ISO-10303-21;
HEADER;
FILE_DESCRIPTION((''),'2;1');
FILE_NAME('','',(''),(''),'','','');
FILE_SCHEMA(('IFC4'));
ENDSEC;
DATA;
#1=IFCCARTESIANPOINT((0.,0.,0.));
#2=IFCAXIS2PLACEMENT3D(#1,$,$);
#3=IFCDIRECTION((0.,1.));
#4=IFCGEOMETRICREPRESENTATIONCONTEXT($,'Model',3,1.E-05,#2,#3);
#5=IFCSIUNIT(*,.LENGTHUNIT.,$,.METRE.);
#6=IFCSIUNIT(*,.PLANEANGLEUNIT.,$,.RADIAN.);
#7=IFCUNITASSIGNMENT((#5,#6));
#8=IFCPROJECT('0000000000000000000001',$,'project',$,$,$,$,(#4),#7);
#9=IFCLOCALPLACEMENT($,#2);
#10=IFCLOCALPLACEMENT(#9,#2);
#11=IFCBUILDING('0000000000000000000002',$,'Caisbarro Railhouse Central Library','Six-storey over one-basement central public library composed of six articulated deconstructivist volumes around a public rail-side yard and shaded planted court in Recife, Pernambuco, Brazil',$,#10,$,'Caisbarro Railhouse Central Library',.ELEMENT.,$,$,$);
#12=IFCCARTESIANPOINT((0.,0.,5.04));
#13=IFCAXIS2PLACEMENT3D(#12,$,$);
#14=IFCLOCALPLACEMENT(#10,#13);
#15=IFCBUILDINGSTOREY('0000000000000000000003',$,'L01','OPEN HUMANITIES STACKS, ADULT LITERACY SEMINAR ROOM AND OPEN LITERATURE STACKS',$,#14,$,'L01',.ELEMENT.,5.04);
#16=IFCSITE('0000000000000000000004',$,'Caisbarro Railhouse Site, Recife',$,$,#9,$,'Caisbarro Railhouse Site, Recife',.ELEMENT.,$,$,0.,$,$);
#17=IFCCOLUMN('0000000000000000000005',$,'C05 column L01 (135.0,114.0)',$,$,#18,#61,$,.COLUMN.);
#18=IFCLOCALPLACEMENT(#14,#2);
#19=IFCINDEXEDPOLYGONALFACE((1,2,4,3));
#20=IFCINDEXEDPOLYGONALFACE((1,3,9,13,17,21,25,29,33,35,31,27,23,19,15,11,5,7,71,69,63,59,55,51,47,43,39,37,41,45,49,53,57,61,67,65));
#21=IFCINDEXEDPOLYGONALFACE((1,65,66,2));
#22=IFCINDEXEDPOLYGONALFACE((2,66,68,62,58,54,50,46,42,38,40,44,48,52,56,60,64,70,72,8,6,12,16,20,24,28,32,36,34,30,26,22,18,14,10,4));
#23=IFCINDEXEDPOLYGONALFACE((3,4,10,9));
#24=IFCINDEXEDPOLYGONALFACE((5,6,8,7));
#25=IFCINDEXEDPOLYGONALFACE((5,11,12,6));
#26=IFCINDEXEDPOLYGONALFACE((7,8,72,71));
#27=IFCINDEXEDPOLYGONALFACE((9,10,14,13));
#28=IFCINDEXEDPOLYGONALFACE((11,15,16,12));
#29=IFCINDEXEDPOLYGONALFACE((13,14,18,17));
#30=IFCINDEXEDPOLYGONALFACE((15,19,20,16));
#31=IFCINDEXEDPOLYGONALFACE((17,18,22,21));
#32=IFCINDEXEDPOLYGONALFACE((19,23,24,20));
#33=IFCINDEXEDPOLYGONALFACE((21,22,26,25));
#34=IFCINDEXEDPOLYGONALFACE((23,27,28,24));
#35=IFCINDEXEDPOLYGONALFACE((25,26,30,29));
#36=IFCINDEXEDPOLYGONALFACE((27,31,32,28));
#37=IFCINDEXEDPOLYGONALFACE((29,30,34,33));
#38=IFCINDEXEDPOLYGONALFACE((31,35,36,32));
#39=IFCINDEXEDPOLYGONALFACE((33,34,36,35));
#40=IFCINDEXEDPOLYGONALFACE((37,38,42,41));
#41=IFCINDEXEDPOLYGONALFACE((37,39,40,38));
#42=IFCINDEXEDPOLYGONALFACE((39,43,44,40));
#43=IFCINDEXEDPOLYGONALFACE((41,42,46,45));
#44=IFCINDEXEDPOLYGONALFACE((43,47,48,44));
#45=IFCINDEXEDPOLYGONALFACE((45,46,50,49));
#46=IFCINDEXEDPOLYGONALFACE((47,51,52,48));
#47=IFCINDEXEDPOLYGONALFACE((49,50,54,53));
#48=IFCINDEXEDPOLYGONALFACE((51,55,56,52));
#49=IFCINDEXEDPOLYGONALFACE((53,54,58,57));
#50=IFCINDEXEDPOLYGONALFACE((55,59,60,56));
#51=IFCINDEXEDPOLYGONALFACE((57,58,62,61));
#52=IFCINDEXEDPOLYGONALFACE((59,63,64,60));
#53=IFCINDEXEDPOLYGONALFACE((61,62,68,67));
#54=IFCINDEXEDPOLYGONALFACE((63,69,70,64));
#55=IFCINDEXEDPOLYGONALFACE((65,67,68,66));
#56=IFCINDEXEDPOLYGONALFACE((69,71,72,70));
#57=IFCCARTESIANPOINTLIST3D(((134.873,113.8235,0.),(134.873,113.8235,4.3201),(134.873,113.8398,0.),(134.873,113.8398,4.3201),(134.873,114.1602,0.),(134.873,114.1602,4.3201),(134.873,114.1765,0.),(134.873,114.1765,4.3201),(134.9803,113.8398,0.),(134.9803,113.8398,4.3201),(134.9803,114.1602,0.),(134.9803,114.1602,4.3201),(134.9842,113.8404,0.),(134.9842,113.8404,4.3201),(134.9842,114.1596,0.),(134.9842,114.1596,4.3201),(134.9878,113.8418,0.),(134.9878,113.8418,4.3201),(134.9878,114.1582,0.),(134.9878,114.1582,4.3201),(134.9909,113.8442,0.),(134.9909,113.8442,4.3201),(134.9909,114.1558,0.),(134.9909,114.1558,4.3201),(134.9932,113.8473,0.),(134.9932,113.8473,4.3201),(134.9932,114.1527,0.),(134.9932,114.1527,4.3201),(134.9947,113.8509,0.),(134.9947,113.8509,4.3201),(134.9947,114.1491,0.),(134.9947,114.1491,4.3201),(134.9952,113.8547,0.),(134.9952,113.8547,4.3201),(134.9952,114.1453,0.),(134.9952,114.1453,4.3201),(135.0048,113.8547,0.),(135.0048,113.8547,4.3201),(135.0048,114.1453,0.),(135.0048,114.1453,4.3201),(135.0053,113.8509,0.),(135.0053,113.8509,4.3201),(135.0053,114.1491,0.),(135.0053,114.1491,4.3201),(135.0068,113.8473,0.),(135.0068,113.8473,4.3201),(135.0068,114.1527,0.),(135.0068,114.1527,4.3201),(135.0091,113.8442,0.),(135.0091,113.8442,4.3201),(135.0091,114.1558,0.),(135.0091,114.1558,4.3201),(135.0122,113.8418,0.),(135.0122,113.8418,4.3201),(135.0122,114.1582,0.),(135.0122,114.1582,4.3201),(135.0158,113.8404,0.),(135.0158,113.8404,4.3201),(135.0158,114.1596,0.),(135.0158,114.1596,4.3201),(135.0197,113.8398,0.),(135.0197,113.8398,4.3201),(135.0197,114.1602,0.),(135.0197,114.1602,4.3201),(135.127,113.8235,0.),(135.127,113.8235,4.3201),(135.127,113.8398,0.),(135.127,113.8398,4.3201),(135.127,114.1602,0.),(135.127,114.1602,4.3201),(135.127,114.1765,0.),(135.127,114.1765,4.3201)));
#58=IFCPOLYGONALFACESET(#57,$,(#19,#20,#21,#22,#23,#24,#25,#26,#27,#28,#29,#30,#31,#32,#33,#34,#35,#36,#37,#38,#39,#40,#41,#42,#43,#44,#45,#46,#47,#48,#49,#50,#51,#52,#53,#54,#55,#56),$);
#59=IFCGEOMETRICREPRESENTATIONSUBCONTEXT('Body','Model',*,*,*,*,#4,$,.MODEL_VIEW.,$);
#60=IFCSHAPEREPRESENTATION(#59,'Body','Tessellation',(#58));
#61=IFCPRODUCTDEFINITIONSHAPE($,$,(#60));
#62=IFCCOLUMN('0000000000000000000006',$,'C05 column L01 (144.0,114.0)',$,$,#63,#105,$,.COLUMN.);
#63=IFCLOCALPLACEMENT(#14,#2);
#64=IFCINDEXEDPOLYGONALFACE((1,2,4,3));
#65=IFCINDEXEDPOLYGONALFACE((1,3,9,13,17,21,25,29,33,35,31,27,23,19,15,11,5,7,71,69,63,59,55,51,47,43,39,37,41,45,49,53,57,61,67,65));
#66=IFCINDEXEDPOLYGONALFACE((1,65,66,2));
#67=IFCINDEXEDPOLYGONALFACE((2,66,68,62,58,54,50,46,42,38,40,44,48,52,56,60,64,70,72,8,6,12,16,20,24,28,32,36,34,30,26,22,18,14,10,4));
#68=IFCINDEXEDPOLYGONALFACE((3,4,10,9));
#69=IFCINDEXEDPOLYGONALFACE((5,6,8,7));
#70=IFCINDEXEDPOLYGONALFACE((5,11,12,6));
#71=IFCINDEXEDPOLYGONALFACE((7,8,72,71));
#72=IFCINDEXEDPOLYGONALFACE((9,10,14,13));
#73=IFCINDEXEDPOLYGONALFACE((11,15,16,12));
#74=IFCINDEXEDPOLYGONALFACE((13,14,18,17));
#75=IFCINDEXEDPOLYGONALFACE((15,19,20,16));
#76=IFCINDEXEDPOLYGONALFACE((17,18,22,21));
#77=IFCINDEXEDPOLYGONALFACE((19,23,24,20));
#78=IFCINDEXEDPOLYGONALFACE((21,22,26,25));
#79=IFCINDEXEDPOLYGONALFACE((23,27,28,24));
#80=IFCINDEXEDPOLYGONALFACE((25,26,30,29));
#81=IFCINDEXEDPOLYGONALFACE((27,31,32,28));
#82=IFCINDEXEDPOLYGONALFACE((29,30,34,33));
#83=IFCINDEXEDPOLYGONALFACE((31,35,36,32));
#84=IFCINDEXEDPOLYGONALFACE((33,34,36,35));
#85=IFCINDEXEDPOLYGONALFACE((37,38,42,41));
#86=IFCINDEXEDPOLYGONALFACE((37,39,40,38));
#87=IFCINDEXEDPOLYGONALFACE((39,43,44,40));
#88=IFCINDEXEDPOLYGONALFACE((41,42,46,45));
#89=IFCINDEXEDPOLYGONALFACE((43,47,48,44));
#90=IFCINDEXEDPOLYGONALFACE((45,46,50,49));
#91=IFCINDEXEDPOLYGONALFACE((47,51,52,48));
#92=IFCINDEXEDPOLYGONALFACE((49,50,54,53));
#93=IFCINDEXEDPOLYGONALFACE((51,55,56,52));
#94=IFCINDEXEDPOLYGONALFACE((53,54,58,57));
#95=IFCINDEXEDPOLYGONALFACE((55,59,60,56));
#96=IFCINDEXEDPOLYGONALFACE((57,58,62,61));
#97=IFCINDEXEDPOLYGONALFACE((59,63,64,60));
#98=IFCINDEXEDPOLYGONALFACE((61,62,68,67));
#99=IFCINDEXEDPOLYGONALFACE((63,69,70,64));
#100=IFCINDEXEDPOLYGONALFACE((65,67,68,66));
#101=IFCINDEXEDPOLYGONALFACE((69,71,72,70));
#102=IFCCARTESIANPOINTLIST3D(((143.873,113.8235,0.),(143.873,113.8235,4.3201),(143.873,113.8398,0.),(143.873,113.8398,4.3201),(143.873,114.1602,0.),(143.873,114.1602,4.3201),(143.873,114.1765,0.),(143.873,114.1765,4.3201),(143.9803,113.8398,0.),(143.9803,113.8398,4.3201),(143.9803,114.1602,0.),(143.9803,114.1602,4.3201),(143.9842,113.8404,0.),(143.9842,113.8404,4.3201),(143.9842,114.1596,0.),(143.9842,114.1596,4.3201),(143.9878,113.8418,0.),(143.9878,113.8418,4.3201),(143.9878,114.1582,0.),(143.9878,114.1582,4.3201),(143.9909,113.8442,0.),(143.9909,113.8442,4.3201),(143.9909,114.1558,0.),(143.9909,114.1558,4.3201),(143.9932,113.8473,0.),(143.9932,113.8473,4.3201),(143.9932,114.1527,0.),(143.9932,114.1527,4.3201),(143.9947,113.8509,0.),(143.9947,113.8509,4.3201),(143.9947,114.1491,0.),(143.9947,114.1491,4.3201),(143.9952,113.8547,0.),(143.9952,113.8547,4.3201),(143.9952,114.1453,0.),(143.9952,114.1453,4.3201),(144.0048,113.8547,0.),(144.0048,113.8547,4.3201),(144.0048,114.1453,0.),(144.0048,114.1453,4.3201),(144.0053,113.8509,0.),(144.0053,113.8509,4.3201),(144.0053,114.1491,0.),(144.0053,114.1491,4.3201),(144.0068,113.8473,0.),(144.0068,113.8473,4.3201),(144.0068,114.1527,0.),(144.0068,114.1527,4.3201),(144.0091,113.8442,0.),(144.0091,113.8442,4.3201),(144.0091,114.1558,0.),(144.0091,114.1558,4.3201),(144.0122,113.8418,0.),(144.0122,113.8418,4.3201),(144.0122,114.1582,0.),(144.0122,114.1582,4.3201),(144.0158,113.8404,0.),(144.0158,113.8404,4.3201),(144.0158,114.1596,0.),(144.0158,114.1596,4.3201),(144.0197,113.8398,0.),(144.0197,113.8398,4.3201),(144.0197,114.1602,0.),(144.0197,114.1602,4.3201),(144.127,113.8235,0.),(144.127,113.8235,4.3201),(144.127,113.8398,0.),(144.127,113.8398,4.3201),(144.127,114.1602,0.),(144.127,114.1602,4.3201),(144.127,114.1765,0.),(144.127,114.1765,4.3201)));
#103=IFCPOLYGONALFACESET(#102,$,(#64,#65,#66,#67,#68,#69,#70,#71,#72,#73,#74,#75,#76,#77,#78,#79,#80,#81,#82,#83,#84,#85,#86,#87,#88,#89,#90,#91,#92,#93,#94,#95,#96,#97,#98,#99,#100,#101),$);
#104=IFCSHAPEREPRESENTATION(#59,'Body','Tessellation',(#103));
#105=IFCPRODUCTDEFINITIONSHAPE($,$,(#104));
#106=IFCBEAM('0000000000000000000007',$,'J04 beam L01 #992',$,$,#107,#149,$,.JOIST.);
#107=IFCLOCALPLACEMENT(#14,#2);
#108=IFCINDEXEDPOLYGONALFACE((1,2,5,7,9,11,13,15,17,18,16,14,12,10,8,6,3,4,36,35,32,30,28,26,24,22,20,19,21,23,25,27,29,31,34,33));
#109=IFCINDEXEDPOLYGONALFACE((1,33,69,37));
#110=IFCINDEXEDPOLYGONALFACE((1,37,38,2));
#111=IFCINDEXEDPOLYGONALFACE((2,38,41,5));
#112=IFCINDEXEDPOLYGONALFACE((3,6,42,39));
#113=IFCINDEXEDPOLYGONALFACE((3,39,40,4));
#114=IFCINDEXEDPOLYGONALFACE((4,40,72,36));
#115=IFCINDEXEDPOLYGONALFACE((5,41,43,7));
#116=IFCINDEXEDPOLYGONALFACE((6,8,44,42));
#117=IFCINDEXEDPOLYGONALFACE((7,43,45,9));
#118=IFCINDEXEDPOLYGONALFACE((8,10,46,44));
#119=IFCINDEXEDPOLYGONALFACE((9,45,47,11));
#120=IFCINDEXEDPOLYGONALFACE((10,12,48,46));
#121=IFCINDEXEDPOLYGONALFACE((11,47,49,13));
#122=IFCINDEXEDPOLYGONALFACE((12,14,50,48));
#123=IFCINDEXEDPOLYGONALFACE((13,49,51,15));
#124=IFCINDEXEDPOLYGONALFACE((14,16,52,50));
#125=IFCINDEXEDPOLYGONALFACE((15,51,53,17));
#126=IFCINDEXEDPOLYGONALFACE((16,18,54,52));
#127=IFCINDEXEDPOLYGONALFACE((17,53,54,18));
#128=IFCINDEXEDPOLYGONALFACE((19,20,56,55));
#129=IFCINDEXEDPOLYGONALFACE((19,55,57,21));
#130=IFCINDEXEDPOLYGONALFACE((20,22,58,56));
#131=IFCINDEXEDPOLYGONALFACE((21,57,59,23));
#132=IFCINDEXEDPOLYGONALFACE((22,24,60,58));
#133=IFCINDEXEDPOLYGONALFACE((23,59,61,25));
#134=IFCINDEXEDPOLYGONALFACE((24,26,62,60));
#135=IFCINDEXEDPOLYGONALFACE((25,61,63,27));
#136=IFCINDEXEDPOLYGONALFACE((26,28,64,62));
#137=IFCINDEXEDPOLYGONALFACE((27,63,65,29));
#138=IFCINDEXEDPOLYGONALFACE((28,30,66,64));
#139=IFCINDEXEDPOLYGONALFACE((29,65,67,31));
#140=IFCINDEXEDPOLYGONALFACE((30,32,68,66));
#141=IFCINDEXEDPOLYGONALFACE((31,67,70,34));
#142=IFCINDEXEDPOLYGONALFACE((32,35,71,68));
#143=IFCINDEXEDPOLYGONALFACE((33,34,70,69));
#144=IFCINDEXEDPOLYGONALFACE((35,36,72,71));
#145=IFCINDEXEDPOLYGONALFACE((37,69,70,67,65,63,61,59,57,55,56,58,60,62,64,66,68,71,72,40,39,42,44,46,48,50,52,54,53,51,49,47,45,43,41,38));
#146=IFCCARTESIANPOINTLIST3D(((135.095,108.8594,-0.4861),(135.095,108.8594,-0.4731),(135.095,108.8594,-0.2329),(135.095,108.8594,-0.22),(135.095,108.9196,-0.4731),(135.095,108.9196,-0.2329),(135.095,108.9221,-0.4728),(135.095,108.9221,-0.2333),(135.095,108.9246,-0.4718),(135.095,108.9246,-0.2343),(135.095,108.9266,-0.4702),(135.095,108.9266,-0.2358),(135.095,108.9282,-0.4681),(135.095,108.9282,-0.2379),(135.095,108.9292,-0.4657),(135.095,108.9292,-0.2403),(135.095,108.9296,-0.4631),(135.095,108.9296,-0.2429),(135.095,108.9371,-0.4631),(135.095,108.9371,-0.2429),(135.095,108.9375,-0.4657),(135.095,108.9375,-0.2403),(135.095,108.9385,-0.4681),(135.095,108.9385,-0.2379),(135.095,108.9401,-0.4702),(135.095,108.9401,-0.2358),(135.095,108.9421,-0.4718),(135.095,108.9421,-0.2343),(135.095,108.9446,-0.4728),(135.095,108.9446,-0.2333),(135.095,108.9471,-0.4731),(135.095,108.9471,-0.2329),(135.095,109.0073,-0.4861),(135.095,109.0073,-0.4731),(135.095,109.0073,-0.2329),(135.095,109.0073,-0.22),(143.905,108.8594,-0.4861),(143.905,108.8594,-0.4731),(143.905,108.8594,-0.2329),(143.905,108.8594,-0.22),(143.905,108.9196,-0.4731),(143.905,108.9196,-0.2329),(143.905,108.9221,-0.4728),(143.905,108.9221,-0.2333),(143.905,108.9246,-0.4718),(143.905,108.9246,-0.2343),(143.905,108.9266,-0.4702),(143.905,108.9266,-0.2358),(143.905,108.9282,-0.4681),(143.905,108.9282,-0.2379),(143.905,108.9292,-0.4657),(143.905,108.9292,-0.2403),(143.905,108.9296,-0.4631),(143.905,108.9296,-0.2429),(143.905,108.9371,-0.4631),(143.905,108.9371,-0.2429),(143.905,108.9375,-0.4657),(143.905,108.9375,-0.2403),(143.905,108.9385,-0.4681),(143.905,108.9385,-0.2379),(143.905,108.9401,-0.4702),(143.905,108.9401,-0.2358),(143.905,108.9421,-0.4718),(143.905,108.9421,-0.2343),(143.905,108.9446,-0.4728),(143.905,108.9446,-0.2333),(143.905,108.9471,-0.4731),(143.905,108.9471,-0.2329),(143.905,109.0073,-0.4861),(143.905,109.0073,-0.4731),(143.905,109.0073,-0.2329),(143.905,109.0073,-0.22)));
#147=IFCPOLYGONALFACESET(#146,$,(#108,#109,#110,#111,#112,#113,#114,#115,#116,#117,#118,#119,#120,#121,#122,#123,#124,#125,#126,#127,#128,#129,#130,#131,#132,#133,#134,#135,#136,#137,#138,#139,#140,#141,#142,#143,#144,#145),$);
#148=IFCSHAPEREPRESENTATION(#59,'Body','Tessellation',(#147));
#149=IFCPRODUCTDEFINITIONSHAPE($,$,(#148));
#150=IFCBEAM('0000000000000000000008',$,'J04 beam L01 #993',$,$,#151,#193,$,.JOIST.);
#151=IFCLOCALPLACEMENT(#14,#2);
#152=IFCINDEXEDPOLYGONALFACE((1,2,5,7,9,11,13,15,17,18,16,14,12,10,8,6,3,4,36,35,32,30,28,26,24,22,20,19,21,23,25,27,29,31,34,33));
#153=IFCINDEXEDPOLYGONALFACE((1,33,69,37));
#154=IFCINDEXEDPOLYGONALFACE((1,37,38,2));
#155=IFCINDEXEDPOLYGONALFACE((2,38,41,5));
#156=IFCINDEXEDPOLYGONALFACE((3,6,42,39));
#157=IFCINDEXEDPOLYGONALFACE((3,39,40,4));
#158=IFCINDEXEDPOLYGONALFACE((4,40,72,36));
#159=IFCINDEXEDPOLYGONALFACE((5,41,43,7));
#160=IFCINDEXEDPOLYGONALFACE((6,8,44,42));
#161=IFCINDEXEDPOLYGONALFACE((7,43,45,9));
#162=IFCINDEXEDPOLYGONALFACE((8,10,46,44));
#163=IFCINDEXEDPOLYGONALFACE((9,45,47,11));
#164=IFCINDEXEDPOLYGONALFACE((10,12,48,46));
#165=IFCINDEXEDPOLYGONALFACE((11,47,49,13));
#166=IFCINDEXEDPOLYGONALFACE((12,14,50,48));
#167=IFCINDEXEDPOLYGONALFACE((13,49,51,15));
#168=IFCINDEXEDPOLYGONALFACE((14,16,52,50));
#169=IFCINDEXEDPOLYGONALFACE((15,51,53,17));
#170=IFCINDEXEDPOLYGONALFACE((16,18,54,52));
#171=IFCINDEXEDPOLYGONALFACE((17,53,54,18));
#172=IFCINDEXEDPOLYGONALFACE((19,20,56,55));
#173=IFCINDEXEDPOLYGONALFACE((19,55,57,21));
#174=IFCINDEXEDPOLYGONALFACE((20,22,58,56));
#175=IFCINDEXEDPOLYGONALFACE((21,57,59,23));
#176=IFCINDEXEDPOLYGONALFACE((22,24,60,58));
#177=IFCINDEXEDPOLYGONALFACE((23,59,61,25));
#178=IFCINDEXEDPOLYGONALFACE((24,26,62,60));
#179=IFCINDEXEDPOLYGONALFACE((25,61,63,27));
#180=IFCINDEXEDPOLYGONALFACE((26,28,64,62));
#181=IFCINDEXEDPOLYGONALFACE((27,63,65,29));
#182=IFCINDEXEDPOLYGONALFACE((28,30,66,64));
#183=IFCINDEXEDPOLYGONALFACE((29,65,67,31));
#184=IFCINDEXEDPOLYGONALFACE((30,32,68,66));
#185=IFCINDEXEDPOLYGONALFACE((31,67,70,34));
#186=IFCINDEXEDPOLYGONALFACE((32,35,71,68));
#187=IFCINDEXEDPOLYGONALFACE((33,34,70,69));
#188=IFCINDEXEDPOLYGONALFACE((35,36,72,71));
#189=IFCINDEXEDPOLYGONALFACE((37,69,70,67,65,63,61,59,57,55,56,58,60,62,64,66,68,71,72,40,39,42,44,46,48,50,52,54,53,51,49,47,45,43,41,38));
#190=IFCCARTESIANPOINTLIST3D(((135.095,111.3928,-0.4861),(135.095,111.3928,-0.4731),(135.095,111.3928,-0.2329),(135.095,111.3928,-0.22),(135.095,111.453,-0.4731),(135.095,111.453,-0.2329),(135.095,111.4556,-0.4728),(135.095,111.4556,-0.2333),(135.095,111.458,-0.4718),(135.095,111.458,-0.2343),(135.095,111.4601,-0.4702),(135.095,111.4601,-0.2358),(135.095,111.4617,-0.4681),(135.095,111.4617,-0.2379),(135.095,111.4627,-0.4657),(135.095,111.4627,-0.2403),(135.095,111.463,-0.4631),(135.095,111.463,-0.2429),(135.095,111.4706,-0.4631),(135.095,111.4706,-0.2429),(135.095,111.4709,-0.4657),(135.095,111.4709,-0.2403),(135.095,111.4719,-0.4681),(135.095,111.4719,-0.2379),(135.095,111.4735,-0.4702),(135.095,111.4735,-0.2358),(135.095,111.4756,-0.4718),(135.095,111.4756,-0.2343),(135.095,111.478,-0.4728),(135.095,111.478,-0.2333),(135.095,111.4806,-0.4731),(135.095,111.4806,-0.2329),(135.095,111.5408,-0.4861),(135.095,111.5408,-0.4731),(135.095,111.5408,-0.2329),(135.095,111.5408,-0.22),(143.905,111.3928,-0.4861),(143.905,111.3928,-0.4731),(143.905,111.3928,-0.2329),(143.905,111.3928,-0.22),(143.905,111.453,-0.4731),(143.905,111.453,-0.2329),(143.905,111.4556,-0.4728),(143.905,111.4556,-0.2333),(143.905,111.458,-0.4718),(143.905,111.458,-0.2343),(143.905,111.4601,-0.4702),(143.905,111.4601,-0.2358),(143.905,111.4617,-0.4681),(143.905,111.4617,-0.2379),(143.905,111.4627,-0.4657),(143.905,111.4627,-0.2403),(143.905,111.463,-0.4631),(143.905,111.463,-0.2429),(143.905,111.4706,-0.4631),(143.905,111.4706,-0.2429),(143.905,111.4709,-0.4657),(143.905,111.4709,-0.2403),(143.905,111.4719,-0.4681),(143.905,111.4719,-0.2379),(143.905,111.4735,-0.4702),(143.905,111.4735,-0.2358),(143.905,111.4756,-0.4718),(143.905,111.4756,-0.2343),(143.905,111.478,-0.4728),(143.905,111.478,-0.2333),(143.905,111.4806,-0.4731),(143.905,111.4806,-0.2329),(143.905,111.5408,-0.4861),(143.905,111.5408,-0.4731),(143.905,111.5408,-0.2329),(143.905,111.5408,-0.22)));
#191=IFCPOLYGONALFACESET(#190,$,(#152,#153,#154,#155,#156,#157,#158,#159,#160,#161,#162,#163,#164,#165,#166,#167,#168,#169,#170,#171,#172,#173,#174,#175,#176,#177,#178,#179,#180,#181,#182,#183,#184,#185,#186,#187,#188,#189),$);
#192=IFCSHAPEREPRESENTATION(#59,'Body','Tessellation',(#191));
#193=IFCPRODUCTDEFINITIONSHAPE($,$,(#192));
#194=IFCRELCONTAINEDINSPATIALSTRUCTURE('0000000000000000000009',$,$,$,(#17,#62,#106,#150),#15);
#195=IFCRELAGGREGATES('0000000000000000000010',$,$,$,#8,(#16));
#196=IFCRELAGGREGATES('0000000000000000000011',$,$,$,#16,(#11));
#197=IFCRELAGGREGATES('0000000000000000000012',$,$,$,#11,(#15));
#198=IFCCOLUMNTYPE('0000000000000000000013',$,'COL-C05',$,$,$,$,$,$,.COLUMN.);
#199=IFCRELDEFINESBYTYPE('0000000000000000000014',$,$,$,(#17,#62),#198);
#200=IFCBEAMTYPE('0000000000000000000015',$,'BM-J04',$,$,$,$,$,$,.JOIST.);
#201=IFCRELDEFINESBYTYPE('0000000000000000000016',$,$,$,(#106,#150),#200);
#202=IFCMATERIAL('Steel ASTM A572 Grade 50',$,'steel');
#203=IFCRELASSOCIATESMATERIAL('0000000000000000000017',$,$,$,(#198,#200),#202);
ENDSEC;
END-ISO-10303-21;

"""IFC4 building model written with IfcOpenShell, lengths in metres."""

from ifc_helpers import new_model, si_unit, direction, frame, origin, origin_2d, place, context, subcontext, project, spatial, i_section, extrude, material, material_profile, profile_set, type_object, element, save


model = new_model("IFC4")

# Units and contexts
model_context = context("Model", 3, precision=1e-05, world=origin(), true_north=direction((0.0, 1.0)))
body_context = subcontext(model_context, "Body", "Model", "MODEL_VIEW")
ifc_project = project(units=[si_unit("LENGTHUNIT", "METRE"), si_unit("PLANEANGLEUNIT", "RADIAN")], contexts=[model_context])

# Site, building, storey
site_placement = place(None, origin())
site = spatial("IfcSite", under=ifc_project, at=site_placement, Name="Caisbarro Railhouse Site, Recife", LongName="Caisbarro Railhouse Site, Recife", CompositionType="ELEMENT", RefElevation=0.0)
building_placement = place(site_placement, origin())
building = spatial("IfcBuilding", under=site, at=building_placement, Name="Caisbarro Railhouse Central Library", Description="Six-storey over one-basement central public library composed of six articulated deconstructivist volumes around a public rail-side yard and shaded planted court in Recife, Pernambuco, Brazil", LongName="Caisbarro Railhouse Central Library", CompositionType="ELEMENT")
storey_placement = place(building_placement, frame((0.0, 0.0, 5.04)))
storey = spatial("IfcBuildingStorey", under=building, at=storey_placement, Name="L01", Description="OPEN HUMANITIES STACKS, ADULT LITERACY SEMINAR ROOM AND OPEN LITERATURE STACKS", LongName="L01", CompositionType="ELEMENT", Elevation=5.04)

# Columns
ifc_material_1 = material(Name="Steel ASTM A572 Grade 50", Category="steel")
ifc_material_profile_1 = material_profile(ifc_material_1, i_section(OverallWidth=0.2539, OverallDepth=0.353, WebThickness=0.0095, FlangeThickness=0.0164, FilletRadius=0.0149, at=origin_2d()), Name="W360X91.0")
ifc_profile_set_1 = profile_set([ifc_material_profile_1], Name="Steel ASTM A572 Grade 50")
column_type = type_object("IfcColumnType", Name="COL-C05", PredefinedType="COLUMN", material=ifc_profile_set_1)
for number, where, z_axis, x_axis, name in (
    (1, (135.0, 114.0, 0.0), (0.0, 0.0, 1.0), (1.0, 0.0, 0.0), "C05 column L01 (135.0,114.0)"),
    (2, (144.0, 114.0, 0.0), (0.0, 0.0, 1.0), (1.0, 0.0, 0.0), "C05 column L01 (144.0,114.0)"),
):
    element("IfcColumn", number, at=place(storey_placement, frame(where, z_axis=z_axis, x_axis=x_axis)), inside=storey, type_object=column_type, Name=name, PredefinedType="COLUMN", context=body_context, shape_type="SweptSolid", body=[
        extrude(i_section(OverallWidth=0.2539, OverallDepth=0.353, WebThickness=0.0095, FlangeThickness=0.0164, FilletRadius=0.0149, at=origin_2d()), origin(), (0.0, 0.0, 1.0), 4.3201),
    ])

# Beams
ifc_material_profile_2 = material_profile(ifc_material_1, i_section(OverallWidth=0.1479, OverallDepth=0.2661, WebThickness=0.0076, FlangeThickness=0.0129, FilletRadius=0.01, at=origin_2d()), Name="W250X44.8")
ifc_profile_set_2 = profile_set([ifc_material_profile_2], Name="Steel ASTM A572 Grade 50")
beam_type_1 = type_object("IfcBeamType", Name="BM-J04", PredefinedType="JOIST", material=ifc_profile_set_2)
for number, where, z_axis, x_axis, name in (
    (3, (135.095, 108.9333, -0.353), (1.0, 0.0, 0.0), (0.0, 1.0, 0.0), "J04 beam L01 #992"),
    (4, (135.095, 111.4668, -0.353), (1.0, 0.0, 0.0), (0.0, 1.0, 0.0), "J04 beam L01 #993"),
):
    element("IfcBeam", number, at=place(storey_placement, frame(where, z_axis=z_axis, x_axis=x_axis)), inside=storey, type_object=beam_type_1, Name=name, PredefinedType="JOIST", context=body_context, shape_type="SweptSolid", body=[
        extrude(i_section(OverallWidth=0.1479, OverallDepth=0.2661, WebThickness=0.0076, FlangeThickness=0.0129, FilletRadius=0.01, at=origin_2d()), origin(), (0.0, 0.0, 1.0), 8.8101),
    ])

save(model, "model.ifc")
